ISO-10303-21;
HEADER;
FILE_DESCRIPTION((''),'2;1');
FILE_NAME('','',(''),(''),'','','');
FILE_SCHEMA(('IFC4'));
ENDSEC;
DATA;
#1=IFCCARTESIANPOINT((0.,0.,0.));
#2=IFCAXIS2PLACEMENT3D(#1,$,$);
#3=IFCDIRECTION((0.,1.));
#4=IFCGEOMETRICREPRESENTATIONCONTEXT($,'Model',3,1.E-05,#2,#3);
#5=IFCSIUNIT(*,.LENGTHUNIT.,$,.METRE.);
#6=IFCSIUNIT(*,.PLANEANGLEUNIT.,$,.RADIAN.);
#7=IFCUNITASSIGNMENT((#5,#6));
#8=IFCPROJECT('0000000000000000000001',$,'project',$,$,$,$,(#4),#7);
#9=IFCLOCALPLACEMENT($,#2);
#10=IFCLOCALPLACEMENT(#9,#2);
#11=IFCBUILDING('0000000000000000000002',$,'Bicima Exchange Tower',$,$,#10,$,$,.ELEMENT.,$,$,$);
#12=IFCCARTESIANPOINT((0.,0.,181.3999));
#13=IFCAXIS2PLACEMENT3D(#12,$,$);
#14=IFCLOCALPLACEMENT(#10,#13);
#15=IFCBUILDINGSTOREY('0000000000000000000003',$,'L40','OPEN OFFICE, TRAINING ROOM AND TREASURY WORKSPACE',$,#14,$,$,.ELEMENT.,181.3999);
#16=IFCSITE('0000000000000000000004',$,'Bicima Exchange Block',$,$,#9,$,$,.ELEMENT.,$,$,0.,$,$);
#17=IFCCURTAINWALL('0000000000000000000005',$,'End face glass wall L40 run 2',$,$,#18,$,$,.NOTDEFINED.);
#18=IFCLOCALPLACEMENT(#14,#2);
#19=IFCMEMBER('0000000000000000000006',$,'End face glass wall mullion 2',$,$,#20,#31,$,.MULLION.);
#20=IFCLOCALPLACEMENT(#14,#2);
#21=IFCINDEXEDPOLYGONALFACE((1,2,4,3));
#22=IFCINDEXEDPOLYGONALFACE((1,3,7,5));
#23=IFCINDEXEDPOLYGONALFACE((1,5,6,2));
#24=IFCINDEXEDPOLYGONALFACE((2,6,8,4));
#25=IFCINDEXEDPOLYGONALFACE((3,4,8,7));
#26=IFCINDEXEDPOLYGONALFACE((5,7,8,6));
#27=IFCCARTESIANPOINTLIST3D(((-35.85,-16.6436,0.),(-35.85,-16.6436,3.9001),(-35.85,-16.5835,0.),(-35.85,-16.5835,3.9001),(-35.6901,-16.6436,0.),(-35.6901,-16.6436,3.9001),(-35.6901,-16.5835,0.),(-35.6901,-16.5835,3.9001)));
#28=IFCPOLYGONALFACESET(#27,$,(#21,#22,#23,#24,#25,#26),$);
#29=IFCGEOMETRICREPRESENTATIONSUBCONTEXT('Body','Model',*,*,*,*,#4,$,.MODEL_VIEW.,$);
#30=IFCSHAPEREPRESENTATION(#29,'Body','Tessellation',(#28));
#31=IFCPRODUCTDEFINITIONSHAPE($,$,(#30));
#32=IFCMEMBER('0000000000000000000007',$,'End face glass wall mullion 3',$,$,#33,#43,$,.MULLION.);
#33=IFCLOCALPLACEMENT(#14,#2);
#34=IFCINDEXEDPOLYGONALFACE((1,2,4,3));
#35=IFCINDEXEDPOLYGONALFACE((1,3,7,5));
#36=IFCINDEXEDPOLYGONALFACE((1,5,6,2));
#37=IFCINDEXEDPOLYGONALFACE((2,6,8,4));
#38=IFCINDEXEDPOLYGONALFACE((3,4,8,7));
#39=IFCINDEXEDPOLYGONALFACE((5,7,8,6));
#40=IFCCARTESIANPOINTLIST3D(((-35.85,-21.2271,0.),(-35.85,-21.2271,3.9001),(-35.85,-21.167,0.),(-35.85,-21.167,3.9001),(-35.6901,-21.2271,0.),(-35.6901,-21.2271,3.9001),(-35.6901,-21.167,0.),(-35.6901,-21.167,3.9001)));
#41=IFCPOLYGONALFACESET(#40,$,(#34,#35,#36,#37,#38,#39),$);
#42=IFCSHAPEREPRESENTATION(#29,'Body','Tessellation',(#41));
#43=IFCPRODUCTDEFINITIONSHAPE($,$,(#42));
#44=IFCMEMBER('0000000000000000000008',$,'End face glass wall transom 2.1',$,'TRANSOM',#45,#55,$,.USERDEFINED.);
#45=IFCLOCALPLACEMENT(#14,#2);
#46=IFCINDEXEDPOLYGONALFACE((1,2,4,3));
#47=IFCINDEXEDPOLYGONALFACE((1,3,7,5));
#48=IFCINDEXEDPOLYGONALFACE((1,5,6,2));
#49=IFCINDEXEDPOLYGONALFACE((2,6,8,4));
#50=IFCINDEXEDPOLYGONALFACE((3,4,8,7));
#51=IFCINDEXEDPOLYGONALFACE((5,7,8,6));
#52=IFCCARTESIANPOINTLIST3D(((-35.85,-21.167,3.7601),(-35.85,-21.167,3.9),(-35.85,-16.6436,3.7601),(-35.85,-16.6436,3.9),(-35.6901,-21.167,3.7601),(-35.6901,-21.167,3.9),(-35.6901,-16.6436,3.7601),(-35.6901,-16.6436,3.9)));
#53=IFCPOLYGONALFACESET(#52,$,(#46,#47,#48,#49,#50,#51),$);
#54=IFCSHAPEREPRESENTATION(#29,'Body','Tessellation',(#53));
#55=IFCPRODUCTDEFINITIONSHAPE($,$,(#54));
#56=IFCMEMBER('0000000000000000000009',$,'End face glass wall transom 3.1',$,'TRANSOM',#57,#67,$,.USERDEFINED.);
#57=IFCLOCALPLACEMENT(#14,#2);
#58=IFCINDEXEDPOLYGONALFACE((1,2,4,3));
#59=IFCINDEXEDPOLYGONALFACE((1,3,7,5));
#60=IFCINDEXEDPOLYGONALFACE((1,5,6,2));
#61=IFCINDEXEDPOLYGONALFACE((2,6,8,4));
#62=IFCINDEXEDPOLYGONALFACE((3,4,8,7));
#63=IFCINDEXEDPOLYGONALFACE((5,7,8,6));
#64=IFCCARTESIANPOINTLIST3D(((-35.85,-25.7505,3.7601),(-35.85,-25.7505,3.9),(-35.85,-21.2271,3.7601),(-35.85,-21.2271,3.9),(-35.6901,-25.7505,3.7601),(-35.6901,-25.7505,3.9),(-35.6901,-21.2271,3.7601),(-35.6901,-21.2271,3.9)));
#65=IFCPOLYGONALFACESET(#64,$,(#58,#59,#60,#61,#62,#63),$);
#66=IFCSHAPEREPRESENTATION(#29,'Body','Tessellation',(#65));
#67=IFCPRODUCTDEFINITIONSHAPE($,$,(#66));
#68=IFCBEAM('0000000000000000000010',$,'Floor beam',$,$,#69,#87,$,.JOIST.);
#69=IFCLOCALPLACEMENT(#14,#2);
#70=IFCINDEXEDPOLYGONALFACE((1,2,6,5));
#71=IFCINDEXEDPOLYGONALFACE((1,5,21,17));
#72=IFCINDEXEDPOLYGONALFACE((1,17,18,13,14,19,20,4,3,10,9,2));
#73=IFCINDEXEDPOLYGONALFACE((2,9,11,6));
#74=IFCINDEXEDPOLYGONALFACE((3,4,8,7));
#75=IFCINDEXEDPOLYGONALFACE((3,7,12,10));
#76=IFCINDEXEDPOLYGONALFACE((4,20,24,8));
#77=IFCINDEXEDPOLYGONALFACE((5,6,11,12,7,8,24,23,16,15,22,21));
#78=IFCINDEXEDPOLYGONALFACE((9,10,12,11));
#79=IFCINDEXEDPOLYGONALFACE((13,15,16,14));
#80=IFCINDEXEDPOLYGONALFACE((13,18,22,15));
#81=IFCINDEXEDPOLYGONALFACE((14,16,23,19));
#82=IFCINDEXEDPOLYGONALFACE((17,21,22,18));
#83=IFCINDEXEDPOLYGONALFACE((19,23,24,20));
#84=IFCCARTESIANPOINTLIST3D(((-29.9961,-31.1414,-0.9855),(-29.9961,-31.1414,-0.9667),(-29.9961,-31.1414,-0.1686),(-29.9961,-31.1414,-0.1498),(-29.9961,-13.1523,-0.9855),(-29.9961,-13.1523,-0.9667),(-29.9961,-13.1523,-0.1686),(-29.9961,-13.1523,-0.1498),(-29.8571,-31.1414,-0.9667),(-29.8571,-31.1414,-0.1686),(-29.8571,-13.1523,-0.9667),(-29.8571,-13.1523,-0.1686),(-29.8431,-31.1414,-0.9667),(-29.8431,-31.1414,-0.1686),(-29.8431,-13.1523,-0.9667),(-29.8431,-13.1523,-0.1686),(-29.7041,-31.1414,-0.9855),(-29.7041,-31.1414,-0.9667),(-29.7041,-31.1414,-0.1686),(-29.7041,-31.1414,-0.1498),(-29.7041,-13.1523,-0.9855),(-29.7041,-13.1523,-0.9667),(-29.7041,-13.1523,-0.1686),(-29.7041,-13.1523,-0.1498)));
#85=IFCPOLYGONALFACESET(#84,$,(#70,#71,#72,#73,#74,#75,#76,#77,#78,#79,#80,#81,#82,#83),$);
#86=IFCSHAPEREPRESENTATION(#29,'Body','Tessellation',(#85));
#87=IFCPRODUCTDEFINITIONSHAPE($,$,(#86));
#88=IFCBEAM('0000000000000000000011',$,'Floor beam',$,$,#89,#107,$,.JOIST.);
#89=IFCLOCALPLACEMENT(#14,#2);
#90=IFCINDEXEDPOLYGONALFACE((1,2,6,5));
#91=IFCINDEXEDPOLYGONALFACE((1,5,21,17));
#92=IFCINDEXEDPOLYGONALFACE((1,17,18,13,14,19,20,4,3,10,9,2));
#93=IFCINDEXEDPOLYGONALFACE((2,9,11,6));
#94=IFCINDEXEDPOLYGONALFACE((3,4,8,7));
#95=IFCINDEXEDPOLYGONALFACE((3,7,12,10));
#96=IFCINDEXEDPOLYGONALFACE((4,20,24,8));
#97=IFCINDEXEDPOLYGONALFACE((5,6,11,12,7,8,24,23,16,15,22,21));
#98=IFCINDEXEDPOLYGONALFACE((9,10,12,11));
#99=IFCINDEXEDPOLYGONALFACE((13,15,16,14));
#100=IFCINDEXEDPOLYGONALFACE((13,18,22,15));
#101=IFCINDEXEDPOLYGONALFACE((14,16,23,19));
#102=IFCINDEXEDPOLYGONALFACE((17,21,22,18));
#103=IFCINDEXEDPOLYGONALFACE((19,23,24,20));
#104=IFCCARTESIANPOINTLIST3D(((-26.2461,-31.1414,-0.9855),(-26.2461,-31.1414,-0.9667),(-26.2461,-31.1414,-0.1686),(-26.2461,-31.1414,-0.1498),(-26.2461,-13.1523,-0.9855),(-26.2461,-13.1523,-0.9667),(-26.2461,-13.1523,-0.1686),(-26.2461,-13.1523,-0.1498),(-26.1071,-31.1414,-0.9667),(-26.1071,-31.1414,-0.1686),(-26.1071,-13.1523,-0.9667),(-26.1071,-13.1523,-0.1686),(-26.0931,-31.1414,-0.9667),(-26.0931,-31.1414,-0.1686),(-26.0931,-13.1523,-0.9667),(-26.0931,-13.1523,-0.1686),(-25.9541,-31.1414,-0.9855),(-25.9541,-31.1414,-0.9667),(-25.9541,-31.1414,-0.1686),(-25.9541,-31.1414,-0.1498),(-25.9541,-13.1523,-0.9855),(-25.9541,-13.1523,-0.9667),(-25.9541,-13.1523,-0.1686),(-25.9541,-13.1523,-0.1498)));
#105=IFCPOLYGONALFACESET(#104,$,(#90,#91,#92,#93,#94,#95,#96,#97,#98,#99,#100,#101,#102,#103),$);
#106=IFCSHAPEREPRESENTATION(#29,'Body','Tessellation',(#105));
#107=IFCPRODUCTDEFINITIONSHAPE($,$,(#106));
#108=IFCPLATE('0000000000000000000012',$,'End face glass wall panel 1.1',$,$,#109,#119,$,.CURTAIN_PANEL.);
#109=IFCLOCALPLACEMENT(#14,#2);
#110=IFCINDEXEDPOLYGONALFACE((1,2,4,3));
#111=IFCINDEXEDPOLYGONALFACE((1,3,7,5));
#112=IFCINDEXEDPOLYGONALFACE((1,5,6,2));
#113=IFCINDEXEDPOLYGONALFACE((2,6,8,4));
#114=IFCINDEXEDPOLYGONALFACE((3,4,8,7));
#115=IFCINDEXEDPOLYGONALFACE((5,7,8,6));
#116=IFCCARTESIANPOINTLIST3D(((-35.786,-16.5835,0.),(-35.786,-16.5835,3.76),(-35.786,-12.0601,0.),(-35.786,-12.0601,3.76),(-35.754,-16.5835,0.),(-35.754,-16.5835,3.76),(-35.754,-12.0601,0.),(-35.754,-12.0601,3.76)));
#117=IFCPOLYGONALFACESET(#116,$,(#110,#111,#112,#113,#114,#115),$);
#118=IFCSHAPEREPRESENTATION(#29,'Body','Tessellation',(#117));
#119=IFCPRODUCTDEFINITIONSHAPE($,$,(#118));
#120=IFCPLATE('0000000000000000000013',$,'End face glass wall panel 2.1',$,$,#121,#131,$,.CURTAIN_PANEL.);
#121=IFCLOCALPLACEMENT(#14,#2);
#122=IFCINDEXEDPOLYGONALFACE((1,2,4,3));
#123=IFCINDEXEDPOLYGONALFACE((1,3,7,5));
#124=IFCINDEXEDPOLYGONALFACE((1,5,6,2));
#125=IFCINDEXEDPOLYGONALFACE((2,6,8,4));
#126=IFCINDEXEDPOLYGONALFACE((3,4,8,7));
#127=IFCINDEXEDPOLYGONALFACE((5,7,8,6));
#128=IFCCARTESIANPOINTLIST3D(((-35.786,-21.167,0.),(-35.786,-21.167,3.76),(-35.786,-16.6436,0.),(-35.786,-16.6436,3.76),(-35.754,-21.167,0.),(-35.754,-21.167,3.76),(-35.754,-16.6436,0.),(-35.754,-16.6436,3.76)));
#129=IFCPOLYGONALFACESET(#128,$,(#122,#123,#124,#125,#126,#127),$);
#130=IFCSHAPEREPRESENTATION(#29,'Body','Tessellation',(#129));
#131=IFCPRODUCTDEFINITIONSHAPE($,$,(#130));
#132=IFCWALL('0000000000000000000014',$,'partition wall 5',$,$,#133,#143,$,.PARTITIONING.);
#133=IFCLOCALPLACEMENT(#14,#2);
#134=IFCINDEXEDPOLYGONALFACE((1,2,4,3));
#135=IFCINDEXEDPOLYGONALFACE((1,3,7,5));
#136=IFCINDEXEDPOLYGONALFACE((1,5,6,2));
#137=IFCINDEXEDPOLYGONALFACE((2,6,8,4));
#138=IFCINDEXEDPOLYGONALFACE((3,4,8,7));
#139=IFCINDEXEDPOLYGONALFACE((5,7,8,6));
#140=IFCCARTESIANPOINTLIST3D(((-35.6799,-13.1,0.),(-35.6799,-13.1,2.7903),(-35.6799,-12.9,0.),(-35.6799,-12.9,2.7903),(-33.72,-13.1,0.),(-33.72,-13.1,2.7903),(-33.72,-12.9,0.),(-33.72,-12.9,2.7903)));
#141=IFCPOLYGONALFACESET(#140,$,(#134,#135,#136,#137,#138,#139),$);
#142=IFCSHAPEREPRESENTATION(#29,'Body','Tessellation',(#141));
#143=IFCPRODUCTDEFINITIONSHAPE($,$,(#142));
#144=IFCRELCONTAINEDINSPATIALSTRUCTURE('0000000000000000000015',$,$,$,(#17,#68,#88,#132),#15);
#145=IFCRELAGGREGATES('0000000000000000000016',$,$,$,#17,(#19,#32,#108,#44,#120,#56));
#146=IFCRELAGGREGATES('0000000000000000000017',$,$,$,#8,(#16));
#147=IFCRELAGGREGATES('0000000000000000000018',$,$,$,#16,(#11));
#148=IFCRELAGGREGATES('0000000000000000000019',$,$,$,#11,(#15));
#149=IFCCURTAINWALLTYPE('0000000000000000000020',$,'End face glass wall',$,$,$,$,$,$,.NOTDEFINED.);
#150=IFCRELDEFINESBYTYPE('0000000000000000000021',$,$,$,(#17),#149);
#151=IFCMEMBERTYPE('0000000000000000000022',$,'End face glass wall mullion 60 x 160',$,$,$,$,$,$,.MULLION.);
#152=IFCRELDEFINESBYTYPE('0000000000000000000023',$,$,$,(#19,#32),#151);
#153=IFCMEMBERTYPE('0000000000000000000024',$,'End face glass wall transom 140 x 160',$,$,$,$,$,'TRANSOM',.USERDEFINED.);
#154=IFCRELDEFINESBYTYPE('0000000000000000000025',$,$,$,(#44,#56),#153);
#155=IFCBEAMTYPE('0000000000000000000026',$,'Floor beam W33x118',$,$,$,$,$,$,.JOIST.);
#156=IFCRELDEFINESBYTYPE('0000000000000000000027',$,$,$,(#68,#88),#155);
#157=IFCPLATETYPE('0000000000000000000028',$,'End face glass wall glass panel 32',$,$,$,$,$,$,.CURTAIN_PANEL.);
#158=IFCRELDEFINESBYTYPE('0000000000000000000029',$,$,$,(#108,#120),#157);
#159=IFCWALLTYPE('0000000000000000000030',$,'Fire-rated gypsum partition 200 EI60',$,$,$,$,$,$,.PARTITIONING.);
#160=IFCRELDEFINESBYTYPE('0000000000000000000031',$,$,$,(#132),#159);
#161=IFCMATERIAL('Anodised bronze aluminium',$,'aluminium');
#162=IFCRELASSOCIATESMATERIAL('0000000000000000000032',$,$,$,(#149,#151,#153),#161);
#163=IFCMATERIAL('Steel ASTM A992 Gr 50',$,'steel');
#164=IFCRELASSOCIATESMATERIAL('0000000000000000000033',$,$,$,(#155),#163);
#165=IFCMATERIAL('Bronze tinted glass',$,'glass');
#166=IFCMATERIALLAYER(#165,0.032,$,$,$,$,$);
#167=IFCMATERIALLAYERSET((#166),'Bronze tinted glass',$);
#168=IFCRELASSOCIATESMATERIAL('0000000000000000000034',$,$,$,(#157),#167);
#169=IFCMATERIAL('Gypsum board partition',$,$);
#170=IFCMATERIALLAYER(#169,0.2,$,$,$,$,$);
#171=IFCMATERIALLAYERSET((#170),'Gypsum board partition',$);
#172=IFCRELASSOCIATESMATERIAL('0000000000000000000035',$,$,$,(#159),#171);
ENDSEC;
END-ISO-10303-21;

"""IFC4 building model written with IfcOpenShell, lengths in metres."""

from ifc_helpers import new_model, si_unit, direction, frame, frame_2d, origin, origin_2d, place, context, subcontext, project, spatial, rectangle, i_section, extrude, material, layer, layer_set, material_profile, profile_set, type_object, element, aggregate, save


model = new_model("IFC4")

# Units and contexts
model_context = context("Model", 3, precision=1e-05, world=origin(), true_north=direction((0.0, 1.0)))
body_context = subcontext(model_context, "Body", "Model", "MODEL_VIEW")
ifc_project = project(units=[si_unit("LENGTHUNIT", "METRE"), si_unit("PLANEANGLEUNIT", "RADIAN")], contexts=[model_context])

# Site, building, storey
site_placement = place(None, origin())
site = spatial("IfcSite", under=ifc_project, at=site_placement, Name="Bicima Exchange Block", CompositionType="ELEMENT", RefElevation=0.0)
building_placement = place(site_placement, origin())
building = spatial("IfcBuilding", under=site, at=building_placement, Name="Bicima Exchange Tower", CompositionType="ELEMENT")
storey_placement = place(building_placement, frame((0.0, 0.0, 181.3999)))
storey = spatial("IfcBuildingStorey", under=building, at=storey_placement, Name="L40", Description="OPEN OFFICE, TRAINING ROOM AND TREASURY WORKSPACE", CompositionType="ELEMENT", Elevation=181.3999)

# Curtain wall, members
ifc_material_1 = material(Name="Anodised bronze aluminium", Category="aluminium")
curtain_wall_type = type_object("IfcCurtainWallType", Name="End face glass wall", PredefinedType="NOTDEFINED", material=ifc_material_1)
curtain_wall_placement = place(storey_placement, origin())
curtain_wall = element("IfcCurtainWall", 1, at=curtain_wall_placement, inside=storey, type_object=curtain_wall_type, Name="End face glass wall L40 run 2", PredefinedType="NOTDEFINED")
ifc_material_profile_1 = material_profile(ifc_material_1, rectangle(XDim=0.1599, YDim=0.0601, at=origin_2d()))
ifc_profile_set_1 = profile_set([ifc_material_profile_1], Name="Anodised bronze aluminium")
member_type_1 = type_object("IfcMemberType", Name="End face glass wall mullion 60 x 160", PredefinedType="MULLION", material=ifc_profile_set_1)
member_1_placement = place(storey_placement, frame((-35.77, -16.6135, 0.0), z_axis=(0.0, 0.0, 1.0), x_axis=(1.0, 0.0, 0.0)))
member_1 = element("IfcMember", 2, at=member_1_placement, type_object=member_type_1, Name="End face glass wall mullion 2", PredefinedType="MULLION", context=body_context, shape_type="SweptSolid", body=[
    extrude(rectangle(XDim=0.1599, YDim=0.0601, at=origin_2d()), origin(), (0.0, 0.0, 1.0), 3.9001),
])
member_2_placement = place(storey_placement, frame((-35.77, -21.197, 0.0), z_axis=(0.0, 0.0, 1.0), x_axis=(1.0, 0.0, 0.0)))
member_2 = element("IfcMember", 3, at=member_2_placement, type_object=member_type_1, Name="End face glass wall mullion 3", PredefinedType="MULLION", context=body_context, shape_type="SweptSolid", body=[
    extrude(rectangle(XDim=0.1599, YDim=0.0601, at=origin_2d()), origin(), (0.0, 0.0, 1.0), 3.9001),
])
ifc_material_profile_2 = material_profile(ifc_material_1, rectangle(XDim=0.1599, YDim=0.1399, at=origin_2d()))
ifc_profile_set_2 = profile_set([ifc_material_profile_2], Name="Anodised bronze aluminium")
member_type_2 = type_object("IfcMemberType", Name="End face glass wall transom 140 x 160", ElementType="TRANSOM", PredefinedType="USERDEFINED", material=ifc_profile_set_2)
member_3_placement = place(storey_placement, frame((-35.77, -16.6436, 3.8301), z_axis=(0.0, -1.0, 0.0), x_axis=(1.0, 0.0, 0.0)))
member_3 = element("IfcMember", 4, at=member_3_placement, type_object=member_type_2, Name="End face glass wall transom 2.1", ObjectType="TRANSOM", PredefinedType="USERDEFINED", context=body_context, shape_type="SweptSolid", body=[
    extrude(rectangle(XDim=0.1599, YDim=0.1399, at=origin_2d()), origin(), (0.0, 0.0, 1.0), 4.5234),
])
member_4_placement = place(storey_placement, frame((-35.77, -21.2271, 3.8301), z_axis=(0.0, -1.0, 0.0), x_axis=(1.0, 0.0, 0.0)))
member_4 = element("IfcMember", 5, at=member_4_placement, type_object=member_type_2, Name="End face glass wall transom 3.1", ObjectType="TRANSOM", PredefinedType="USERDEFINED", context=body_context, shape_type="SweptSolid", body=[
    extrude(rectangle(XDim=0.1599, YDim=0.1399, at=origin_2d()), origin(), (0.0, 0.0, 1.0), 4.5234),
])

# Beams
ifc_material_2 = material(Name="Steel ASTM A992 Gr 50", Category="steel")
ifc_material_profile_3 = material_profile(ifc_material_2, i_section(OverallWidth=0.292, OverallDepth=0.8357, WebThickness=0.0139, FlangeThickness=0.0188, at=origin_2d()))
ifc_profile_set_3 = profile_set([ifc_material_profile_3], Name="Steel ASTM A992 Gr 50")
beam_type = type_object("IfcBeamType", Name="Floor beam W33x118", PredefinedType="JOIST", material=ifc_profile_set_3)
for number, where, z_axis, x_axis, name in (
    (6, (-29.8501, -13.1523, -0.5676), (0.0, -1.0, 0.0), (1.0, 0.0, 0.0), "Floor beam"),
    (7, (-26.1001, -13.1523, -0.5676), (0.0, -1.0, 0.0), (1.0, 0.0, 0.0), "Floor beam"),
):
    element("IfcBeam", number, at=place(storey_placement, frame(where, z_axis=z_axis, x_axis=x_axis)), inside=storey, type_object=beam_type, Name=name, PredefinedType="JOIST", context=body_context, shape_type="SweptSolid", body=[
        extrude(i_section(OverallWidth=0.292, OverallDepth=0.8357, WebThickness=0.0139, FlangeThickness=0.0188, at=origin_2d()), origin(), (0.0, 0.0, 1.0), 17.989),
    ])

# Plates
ifc_material_3 = material(Name="Bronze tinted glass", Category="glass")
ifc_layer_1 = layer(ifc_material_3, 0.032)
ifc_layer_set_1 = layer_set([ifc_layer_1], Name="Bronze tinted glass")
plate_type = type_object("IfcPlateType", Name="End face glass wall glass panel 32", PredefinedType="CURTAIN_PANEL", material=ifc_layer_set_1)
plate_1_placement = place(storey_placement, frame((-35.77, -14.3218, 0.0), z_axis=(0.0, 0.0, 1.0), x_axis=(0.0, -1.0, 0.0)))
plate_1 = element("IfcPlate", 8, at=plate_1_placement, type_object=plate_type, Name="End face glass wall panel 1.1", PredefinedType="CURTAIN_PANEL", context=body_context, shape_type="SweptSolid", body=[
    extrude(rectangle(XDim=4.5234, YDim=0.032, at=origin_2d()), origin(), (0.0, 0.0, 1.0), 3.76),
])
plate_2_placement = place(storey_placement, frame((-35.77, -18.9053, 0.0), z_axis=(0.0, 0.0, 1.0), x_axis=(0.0, -1.0, 0.0)))
plate_2 = element("IfcPlate", 9, at=plate_2_placement, type_object=plate_type, Name="End face glass wall panel 2.1", PredefinedType="CURTAIN_PANEL", context=body_context, shape_type="SweptSolid", body=[
    extrude(rectangle(XDim=4.5234, YDim=0.032, at=origin_2d()), origin(), (0.0, 0.0, 1.0), 3.76),
])
aggregate(curtain_wall, [member_1, member_2, plate_1, member_3, plate_2, member_4])

# Shared definitions
ifc_material_4 = material(Name="Gypsum board partition")
ifc_layer_2 = layer(ifc_material_4, 0.2)
ifc_layer_set_2 = layer_set([ifc_layer_2], Name="Gypsum board partition")
wall_type = type_object("IfcWallType", Name="Fire-rated gypsum partition 200 EI60", PredefinedType="PARTITIONING", material=ifc_layer_set_2)

# Wall
wall_1_placement = place(storey_placement, frame((-35.6799, -13.0, 0.0), z_axis=(0.0, 0.0, 1.0), x_axis=(1.0, 0.0, 0.0)))
element("IfcWall", 10, at=wall_1_placement, inside=storey, type_object=wall_type, Name="partition wall 5", PredefinedType="PARTITIONING", context=body_context, shape_type="SweptSolid", body=[
    extrude(rectangle(XDim=1.96, YDim=0.2, at=frame_2d((0.98, 0.0))), origin(), (0.0, 0.0, 1.0), 2.7903),
])

save(model, "model.ifc")
